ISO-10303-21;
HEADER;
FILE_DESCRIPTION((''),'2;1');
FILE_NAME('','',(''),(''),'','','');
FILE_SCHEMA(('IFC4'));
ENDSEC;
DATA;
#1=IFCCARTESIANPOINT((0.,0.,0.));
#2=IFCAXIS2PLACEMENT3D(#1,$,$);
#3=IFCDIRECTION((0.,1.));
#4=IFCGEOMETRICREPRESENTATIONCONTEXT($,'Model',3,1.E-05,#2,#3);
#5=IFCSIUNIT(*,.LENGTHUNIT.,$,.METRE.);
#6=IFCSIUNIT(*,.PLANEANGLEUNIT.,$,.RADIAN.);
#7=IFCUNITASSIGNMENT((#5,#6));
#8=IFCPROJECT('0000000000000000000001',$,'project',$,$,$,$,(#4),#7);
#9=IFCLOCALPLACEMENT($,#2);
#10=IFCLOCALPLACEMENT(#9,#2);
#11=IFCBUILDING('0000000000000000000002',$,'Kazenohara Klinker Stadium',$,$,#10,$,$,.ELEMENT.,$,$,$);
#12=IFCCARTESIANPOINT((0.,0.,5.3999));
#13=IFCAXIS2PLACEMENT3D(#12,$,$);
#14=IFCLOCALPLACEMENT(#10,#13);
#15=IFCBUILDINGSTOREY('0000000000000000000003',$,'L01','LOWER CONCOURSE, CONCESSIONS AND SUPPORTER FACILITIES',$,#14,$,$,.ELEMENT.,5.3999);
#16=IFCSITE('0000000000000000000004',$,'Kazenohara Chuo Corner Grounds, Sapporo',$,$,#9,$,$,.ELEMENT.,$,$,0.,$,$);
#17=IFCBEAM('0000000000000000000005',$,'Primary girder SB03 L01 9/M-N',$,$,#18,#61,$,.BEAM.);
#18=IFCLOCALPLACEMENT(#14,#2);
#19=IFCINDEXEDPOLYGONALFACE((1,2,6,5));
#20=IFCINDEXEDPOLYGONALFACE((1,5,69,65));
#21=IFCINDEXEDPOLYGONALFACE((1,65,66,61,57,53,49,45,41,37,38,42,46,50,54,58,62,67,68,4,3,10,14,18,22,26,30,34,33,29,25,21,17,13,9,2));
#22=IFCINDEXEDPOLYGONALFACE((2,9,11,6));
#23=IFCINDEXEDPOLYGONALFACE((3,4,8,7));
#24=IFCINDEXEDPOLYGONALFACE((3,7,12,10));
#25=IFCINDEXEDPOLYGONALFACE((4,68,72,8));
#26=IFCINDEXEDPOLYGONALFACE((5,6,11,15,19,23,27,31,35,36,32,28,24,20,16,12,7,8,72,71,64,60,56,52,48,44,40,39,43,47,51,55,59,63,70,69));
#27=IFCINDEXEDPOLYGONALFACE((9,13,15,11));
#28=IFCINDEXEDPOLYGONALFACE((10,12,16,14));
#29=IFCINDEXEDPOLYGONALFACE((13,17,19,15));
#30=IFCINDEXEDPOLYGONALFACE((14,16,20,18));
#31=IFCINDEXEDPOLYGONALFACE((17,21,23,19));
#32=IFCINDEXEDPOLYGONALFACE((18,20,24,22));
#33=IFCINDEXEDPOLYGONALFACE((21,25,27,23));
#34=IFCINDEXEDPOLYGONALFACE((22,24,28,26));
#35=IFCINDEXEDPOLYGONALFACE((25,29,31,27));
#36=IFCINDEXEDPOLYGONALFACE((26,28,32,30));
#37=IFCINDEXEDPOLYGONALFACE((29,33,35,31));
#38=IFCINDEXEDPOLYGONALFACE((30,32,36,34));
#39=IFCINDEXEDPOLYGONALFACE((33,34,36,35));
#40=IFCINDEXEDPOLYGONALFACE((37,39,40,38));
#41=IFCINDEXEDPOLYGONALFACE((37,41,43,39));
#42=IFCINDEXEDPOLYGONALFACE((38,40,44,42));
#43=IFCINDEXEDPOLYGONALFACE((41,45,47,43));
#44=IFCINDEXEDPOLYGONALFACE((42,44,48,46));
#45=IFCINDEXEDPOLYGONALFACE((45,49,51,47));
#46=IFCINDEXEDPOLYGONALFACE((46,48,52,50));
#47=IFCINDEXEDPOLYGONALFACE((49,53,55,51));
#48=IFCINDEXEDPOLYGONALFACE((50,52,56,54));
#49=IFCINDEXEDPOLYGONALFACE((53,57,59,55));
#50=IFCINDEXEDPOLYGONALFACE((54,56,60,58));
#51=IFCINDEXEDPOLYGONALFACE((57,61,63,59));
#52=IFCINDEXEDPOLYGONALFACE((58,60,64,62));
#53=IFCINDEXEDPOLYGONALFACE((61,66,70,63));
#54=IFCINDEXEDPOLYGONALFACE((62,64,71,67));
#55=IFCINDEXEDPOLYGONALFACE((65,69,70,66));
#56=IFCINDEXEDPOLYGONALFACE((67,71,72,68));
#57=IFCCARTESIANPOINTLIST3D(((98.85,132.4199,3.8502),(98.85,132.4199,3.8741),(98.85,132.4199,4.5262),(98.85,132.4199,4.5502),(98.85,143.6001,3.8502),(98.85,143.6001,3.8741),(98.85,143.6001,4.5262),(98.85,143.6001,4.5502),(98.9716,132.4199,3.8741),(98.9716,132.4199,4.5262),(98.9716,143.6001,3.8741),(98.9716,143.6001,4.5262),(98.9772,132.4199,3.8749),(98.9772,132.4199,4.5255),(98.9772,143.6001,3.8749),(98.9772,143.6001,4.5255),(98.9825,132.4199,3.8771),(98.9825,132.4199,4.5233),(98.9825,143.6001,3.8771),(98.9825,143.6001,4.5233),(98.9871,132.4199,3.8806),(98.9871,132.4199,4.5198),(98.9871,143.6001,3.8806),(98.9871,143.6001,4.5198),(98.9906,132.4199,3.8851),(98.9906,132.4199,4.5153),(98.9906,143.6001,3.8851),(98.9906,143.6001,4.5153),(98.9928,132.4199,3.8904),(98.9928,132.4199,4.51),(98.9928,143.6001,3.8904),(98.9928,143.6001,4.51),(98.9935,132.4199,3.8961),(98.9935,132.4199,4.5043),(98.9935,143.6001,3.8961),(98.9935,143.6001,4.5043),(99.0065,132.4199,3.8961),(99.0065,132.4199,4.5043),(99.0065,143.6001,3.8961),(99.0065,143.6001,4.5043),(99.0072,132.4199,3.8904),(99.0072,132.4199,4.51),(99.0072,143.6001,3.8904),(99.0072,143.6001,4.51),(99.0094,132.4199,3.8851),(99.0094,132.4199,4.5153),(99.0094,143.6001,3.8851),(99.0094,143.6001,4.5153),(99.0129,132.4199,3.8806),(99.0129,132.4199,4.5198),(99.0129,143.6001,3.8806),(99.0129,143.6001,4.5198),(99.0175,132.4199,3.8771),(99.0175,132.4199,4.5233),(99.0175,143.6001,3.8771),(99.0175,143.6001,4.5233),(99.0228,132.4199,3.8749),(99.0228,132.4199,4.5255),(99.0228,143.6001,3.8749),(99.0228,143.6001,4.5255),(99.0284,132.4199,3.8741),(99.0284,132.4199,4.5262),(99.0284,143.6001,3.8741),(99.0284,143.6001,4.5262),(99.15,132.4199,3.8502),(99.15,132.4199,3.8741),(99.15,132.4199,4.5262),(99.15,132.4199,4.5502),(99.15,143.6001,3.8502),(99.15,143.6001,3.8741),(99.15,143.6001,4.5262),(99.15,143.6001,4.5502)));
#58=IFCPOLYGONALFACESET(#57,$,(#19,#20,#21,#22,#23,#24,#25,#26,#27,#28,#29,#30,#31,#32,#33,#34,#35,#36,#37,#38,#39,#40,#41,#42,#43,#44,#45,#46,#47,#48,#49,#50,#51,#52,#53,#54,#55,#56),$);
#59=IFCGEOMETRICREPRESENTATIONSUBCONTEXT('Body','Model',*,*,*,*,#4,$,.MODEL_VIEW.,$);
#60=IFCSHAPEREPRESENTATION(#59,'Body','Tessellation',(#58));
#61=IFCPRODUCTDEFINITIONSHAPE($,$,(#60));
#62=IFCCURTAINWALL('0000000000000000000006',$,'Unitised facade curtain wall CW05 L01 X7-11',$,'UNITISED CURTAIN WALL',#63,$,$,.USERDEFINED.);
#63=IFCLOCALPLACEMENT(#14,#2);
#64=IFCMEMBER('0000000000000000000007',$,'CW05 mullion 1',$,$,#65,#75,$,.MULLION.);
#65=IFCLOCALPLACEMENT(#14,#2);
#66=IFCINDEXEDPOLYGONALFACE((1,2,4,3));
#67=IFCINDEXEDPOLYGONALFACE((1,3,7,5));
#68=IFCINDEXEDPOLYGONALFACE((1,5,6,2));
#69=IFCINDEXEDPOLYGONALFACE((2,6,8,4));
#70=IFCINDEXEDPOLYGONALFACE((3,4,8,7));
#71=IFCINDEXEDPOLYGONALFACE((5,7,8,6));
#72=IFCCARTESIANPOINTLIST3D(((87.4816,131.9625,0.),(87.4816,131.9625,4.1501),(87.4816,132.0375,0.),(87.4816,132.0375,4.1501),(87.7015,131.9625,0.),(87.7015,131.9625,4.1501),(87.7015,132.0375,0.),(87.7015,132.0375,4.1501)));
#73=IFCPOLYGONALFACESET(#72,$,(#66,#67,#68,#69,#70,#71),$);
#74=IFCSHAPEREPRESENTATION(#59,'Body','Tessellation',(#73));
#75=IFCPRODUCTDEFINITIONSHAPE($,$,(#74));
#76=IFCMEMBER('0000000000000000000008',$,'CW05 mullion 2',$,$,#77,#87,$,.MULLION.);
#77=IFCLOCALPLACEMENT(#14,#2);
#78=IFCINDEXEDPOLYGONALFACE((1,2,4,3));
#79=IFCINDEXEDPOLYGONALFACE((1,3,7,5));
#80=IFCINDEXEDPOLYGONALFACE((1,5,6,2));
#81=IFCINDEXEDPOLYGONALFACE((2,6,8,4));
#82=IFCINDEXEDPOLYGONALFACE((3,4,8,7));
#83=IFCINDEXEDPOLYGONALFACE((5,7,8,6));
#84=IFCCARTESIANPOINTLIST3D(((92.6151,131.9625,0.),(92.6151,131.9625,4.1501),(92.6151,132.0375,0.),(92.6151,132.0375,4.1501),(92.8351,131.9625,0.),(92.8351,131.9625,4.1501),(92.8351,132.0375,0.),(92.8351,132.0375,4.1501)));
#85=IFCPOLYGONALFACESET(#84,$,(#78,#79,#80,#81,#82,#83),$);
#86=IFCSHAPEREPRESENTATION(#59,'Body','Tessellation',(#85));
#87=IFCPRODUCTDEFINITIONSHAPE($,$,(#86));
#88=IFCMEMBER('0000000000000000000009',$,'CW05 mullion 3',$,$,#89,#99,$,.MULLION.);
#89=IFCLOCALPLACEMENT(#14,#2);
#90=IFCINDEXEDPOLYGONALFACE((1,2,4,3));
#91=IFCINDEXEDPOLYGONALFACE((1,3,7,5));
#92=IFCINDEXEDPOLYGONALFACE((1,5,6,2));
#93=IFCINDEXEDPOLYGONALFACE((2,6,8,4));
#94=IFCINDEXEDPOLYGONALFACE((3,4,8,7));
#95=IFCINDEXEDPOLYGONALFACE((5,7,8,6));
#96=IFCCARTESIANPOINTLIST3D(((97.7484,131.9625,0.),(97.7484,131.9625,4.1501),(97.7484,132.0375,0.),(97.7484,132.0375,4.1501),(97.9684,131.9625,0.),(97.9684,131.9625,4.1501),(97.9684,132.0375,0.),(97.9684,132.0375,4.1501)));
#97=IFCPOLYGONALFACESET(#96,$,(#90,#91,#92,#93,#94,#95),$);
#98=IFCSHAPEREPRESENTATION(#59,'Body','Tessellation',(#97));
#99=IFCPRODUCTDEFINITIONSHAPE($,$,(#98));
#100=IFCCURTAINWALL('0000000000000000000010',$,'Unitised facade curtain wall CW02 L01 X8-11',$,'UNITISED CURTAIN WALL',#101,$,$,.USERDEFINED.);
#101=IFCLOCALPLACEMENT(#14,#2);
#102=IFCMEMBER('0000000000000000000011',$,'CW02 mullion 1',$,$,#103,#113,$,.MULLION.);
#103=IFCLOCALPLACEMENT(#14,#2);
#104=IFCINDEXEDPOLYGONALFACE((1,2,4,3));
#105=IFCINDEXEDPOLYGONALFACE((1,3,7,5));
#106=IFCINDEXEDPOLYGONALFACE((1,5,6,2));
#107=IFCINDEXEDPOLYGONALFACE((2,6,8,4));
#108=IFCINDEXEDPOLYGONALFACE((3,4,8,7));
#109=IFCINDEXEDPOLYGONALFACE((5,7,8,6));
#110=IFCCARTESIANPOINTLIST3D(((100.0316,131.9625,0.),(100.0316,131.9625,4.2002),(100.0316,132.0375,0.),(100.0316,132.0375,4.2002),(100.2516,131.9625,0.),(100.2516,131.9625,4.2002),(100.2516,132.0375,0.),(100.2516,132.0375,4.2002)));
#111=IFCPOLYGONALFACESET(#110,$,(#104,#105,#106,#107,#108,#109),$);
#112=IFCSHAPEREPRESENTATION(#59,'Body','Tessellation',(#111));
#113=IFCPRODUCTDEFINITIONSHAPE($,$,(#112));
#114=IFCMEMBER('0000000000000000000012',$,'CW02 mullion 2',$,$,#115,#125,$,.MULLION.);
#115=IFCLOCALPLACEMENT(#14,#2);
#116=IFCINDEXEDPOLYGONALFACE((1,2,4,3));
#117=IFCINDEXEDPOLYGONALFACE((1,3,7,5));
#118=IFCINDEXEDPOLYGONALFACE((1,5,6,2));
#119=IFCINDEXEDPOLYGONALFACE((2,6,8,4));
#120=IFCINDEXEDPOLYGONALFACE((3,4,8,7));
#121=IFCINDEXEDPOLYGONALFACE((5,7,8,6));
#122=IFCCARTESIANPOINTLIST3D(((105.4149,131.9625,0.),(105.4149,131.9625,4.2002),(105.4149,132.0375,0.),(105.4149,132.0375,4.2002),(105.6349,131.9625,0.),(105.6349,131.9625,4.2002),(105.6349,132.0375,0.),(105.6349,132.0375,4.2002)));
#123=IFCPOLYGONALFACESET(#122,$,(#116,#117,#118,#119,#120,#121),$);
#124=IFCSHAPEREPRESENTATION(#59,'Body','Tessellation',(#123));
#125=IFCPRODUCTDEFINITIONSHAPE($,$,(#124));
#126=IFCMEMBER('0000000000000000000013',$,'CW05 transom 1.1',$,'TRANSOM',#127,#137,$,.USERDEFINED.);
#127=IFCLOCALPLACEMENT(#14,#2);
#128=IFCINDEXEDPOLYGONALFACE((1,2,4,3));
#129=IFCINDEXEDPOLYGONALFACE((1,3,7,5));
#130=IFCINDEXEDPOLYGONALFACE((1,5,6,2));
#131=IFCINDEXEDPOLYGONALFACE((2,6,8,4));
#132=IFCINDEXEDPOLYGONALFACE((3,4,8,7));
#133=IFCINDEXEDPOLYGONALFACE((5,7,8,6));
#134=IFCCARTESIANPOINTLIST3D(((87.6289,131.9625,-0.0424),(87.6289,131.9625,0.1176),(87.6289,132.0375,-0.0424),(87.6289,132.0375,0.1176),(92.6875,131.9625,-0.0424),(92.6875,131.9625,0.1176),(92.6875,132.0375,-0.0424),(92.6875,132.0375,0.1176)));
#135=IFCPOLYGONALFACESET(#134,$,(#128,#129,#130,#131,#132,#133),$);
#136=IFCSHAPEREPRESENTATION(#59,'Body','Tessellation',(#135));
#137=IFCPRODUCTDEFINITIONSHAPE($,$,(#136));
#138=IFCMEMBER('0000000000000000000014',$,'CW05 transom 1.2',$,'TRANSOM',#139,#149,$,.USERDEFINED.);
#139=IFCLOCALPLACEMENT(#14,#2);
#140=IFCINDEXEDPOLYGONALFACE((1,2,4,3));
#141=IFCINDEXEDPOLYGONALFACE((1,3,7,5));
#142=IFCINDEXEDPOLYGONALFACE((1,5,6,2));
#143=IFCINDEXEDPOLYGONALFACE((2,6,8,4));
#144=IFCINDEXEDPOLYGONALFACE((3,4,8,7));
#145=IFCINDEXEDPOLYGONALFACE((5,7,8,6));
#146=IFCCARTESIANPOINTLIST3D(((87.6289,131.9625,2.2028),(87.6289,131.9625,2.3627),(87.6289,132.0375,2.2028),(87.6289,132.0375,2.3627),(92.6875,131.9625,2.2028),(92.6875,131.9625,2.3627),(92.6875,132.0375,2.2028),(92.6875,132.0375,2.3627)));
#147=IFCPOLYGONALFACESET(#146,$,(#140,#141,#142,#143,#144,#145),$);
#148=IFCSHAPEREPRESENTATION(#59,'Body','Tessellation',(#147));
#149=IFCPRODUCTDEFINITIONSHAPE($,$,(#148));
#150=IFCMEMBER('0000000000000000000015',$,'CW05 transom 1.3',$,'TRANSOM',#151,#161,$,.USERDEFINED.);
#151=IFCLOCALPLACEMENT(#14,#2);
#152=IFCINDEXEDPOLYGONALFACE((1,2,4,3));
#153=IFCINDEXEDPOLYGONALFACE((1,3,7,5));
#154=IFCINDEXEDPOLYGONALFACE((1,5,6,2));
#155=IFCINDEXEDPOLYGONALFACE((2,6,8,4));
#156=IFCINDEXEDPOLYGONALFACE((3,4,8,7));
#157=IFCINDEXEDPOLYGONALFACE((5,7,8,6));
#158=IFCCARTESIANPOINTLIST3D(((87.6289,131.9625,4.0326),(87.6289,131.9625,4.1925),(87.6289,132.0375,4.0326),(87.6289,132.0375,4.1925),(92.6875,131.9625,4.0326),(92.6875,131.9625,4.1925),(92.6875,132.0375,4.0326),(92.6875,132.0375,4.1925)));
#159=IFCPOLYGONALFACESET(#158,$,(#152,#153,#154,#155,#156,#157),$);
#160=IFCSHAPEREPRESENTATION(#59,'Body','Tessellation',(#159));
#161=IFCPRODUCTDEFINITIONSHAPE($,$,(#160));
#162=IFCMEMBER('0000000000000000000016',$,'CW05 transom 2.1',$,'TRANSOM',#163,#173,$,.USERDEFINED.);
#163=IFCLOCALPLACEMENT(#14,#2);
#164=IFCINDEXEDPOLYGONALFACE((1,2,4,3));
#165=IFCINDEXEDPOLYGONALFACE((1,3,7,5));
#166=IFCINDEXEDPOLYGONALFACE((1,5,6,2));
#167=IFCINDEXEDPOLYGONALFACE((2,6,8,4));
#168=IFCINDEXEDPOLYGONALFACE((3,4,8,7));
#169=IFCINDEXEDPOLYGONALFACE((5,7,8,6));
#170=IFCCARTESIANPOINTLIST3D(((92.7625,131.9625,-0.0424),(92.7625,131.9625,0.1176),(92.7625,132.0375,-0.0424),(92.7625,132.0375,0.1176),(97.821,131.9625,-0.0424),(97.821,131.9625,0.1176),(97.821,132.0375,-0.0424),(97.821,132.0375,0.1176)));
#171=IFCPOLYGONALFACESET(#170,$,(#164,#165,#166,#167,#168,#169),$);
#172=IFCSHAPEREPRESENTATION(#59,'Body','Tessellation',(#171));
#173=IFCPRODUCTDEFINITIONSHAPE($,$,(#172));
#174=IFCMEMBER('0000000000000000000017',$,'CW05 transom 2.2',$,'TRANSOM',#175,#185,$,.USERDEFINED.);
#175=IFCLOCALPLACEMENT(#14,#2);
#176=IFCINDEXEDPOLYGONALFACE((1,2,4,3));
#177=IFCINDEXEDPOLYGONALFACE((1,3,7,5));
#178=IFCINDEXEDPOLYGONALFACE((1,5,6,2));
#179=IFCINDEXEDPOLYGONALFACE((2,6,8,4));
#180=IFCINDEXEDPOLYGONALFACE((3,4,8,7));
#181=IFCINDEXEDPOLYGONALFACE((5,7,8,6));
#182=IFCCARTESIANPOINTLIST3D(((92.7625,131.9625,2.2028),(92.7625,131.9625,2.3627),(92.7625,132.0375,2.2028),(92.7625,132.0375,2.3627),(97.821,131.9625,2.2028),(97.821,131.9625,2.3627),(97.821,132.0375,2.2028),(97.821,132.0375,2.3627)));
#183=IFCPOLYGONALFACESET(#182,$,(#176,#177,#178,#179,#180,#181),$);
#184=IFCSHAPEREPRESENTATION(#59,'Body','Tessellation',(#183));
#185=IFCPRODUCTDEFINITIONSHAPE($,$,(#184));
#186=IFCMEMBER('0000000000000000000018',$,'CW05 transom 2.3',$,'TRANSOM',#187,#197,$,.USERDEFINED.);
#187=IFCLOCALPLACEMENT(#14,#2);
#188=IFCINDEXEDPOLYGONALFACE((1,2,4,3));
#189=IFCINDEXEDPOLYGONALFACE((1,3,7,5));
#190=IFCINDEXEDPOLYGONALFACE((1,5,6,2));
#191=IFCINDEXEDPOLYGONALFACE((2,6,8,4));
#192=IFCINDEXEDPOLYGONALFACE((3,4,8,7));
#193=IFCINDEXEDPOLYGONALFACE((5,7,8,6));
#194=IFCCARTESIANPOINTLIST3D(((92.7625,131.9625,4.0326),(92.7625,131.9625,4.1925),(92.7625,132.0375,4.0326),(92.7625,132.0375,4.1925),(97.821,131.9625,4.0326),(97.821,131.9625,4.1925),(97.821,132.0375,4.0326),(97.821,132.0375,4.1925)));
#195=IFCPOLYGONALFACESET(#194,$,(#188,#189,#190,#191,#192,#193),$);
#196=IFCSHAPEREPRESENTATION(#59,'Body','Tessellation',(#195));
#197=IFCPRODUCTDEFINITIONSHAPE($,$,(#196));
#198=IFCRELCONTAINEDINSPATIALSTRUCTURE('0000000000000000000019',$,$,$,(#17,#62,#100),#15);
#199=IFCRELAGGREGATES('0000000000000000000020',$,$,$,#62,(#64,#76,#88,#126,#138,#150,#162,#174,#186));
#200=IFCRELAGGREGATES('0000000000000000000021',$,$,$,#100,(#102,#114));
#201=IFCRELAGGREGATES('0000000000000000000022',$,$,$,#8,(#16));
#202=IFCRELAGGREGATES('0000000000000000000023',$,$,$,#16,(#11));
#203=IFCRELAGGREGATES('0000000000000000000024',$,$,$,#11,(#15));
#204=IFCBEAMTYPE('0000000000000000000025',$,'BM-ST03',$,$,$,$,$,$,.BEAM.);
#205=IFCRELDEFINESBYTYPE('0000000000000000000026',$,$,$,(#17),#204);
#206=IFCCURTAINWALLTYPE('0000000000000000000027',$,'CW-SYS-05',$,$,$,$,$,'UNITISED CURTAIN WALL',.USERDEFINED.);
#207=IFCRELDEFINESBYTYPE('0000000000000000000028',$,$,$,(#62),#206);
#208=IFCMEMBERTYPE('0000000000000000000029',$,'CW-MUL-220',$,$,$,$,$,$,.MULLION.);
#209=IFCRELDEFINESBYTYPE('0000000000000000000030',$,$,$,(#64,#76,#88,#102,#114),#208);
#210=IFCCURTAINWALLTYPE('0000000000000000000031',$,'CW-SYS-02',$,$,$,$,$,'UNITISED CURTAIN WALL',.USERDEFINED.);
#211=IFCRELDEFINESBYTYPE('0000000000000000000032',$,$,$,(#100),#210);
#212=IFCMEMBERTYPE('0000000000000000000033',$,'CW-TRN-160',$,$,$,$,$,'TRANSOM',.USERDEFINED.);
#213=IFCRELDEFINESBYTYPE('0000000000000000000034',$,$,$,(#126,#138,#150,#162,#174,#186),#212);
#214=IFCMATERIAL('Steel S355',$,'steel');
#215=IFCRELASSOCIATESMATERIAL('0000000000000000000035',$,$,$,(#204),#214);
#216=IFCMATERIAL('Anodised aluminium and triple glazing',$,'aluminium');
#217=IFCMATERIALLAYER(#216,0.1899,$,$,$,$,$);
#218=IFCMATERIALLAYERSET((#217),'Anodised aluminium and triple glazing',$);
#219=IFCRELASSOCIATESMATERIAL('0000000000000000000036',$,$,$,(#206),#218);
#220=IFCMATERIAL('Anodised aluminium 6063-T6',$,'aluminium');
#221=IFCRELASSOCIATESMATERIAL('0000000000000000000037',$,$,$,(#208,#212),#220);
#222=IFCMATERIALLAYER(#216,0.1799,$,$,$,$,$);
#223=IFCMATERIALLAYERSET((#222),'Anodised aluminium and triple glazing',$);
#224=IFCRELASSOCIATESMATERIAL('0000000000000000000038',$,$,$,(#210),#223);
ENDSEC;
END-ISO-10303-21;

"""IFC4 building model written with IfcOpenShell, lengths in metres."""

from ifc_helpers import new_model, si_unit, direction, frame, origin, origin_2d, place, context, subcontext, project, spatial, rectangle, i_section, extrude, material, layer, layer_set, material_profile, profile_set, type_object, element, aggregate, save


model = new_model("IFC4")

# Units and contexts
model_context = context("Model", 3, precision=1e-05, world=origin(), true_north=direction((0.0, 1.0)))
body_context = subcontext(model_context, "Body", "Model", "MODEL_VIEW")
ifc_project = project(units=[si_unit("LENGTHUNIT", "METRE"), si_unit("PLANEANGLEUNIT", "RADIAN")], contexts=[model_context])

# Site, building, storey
site_placement = place(None, origin())
site = spatial("IfcSite", under=ifc_project, at=site_placement, Name="Kazenohara Chuo Corner Grounds, Sapporo", CompositionType="ELEMENT", RefElevation=0.0)
building_placement = place(site_placement, origin())
building = spatial("IfcBuilding", under=site, at=building_placement, Name="Kazenohara Klinker Stadium", CompositionType="ELEMENT")
storey_placement = place(building_placement, frame((0.0, 0.0, 5.3999)))
storey = spatial("IfcBuildingStorey", under=building, at=storey_placement, Name="L01", Description="LOWER CONCOURSE, CONCESSIONS AND SUPPORTER FACILITIES", CompositionType="ELEMENT", Elevation=5.3999)

# Beam
ifc_material_1 = material(Name="Steel S355", Category="steel")
ifc_material_profile_1 = material_profile(ifc_material_1, i_section(OverallWidth=0.3, OverallDepth=0.7, WebThickness=0.0129, FlangeThickness=0.0239, FilletRadius=0.022, at=origin_2d()), Name="H-700x300x13x24")
ifc_profile_set_1 = profile_set([ifc_material_profile_1], Name="Steel S355")
beam_type_1 = type_object("IfcBeamType", Name="BM-ST03", PredefinedType="BEAM", material=ifc_profile_set_1)
beam_1_placement = place(storey_placement, frame((99.0, 132.4199, 4.2002), z_axis=(0.0, 1.0, 0.0), x_axis=(-1.0, 0.0, 0.0)))
element("IfcBeam", 1, at=beam_1_placement, inside=storey, type_object=beam_type_1, Name="Primary girder SB03 L01 9/M-N", PredefinedType="BEAM", context=body_context, shape_type="SweptSolid", body=[
    extrude(i_section(OverallWidth=0.3, OverallDepth=0.7, WebThickness=0.0129, FlangeThickness=0.0239, FilletRadius=0.022, at=origin_2d()), origin(), (0.0, 0.0, 1.0), 11.1802),
])

# Curtain walls, members
ifc_material_2 = material(Name="Anodised aluminium and triple glazing", Category="aluminium")
ifc_layer_1 = layer(ifc_material_2, 0.1899)
ifc_layer_set_1 = layer_set([ifc_layer_1], Name="Anodised aluminium and triple glazing")
curtain_wall_type_1 = type_object("IfcCurtainWallType", Name="CW-SYS-05", ElementType="UNITISED CURTAIN WALL", PredefinedType="USERDEFINED", material=ifc_layer_set_1)
curtain_wall_1_placement = place(storey_placement, origin())
curtain_wall_1 = element("IfcCurtainWall", 2, at=curtain_wall_1_placement, inside=storey, type_object=curtain_wall_type_1, Name="Unitised facade curtain wall CW05 L01 X7-11", ObjectType="UNITISED CURTAIN WALL", PredefinedType="USERDEFINED")
ifc_material_3 = material(Name="Anodised aluminium 6063-T6", Category="aluminium")
ifc_material_profile_2 = material_profile(ifc_material_3, rectangle(XDim=0.075, YDim=0.22, at=origin_2d()), Name="ALU-MUL-75x220")
ifc_profile_set_2 = profile_set([ifc_material_profile_2], Name="Anodised aluminium 6063-T6")
member_type_1 = type_object("IfcMemberType", Name="CW-MUL-220", PredefinedType="MULLION", material=ifc_profile_set_2)
member_1_placement = place(storey_placement, frame((87.5916, 132.0, 0.0), z_axis=(0.0, 0.0, 1.0), x_axis=(0.0, 1.0, 0.0)))
member_1 = element("IfcMember", 3, at=member_1_placement, type_object=member_type_1, Name="CW05 mullion 1", PredefinedType="MULLION", context=body_context, shape_type="SweptSolid", body=[
    extrude(rectangle(XDim=0.075, YDim=0.22, at=origin_2d()), origin(), (0.0, 0.0, 1.0), 4.1501),
])
member_2_placement = place(storey_placement, frame((92.7251, 132.0, 0.0), z_axis=(0.0, 0.0, 1.0), x_axis=(0.0, 1.0, 0.0)))
member_2 = element("IfcMember", 4, at=member_2_placement, type_object=member_type_1, Name="CW05 mullion 2", PredefinedType="MULLION", context=body_context, shape_type="SweptSolid", body=[
    extrude(rectangle(XDim=0.075, YDim=0.22, at=origin_2d()), origin(), (0.0, 0.0, 1.0), 4.1501),
])
member_3_placement = place(storey_placement, frame((97.8584, 132.0, 0.0), z_axis=(0.0, 0.0, 1.0), x_axis=(0.0, 1.0, 0.0)))
member_3 = element("IfcMember", 5, at=member_3_placement, type_object=member_type_1, Name="CW05 mullion 3", PredefinedType="MULLION", context=body_context, shape_type="SweptSolid", body=[
    extrude(rectangle(XDim=0.075, YDim=0.22, at=origin_2d()), origin(), (0.0, 0.0, 1.0), 4.1501),
])
ifc_layer_2 = layer(ifc_material_2, 0.1799)
ifc_layer_set_2 = layer_set([ifc_layer_2], Name="Anodised aluminium and triple glazing")
curtain_wall_type_2 = type_object("IfcCurtainWallType", Name="CW-SYS-02", ElementType="UNITISED CURTAIN WALL", PredefinedType="USERDEFINED", material=ifc_layer_set_2)
curtain_wall_2_placement = place(storey_placement, origin())
curtain_wall_2 = element("IfcCurtainWall", 6, at=curtain_wall_2_placement, inside=storey, type_object=curtain_wall_type_2, Name="Unitised facade curtain wall CW02 L01 X8-11", ObjectType="UNITISED CURTAIN WALL", PredefinedType="USERDEFINED")
member_4_placement = place(storey_placement, frame((100.1416, 132.0, 0.0), z_axis=(0.0, 0.0, 1.0), x_axis=(0.0, 1.0, 0.0)))
member_4 = element("IfcMember", 7, at=member_4_placement, type_object=member_type_1, Name="CW02 mullion 1", PredefinedType="MULLION", context=body_context, shape_type="SweptSolid", body=[
    extrude(rectangle(XDim=0.075, YDim=0.22, at=origin_2d()), origin(), (0.0, 0.0, 1.0), 4.2002),
])
member_5_placement = place(storey_placement, frame((105.5249, 132.0, 0.0), z_axis=(0.0, 0.0, 1.0), x_axis=(0.0, 1.0, 0.0)))
member_5 = element("IfcMember", 8, at=member_5_placement, type_object=member_type_1, Name="CW02 mullion 2", PredefinedType="MULLION", context=body_context, shape_type="SweptSolid", body=[
    extrude(rectangle(XDim=0.075, YDim=0.22, at=origin_2d()), origin(), (0.0, 0.0, 1.0), 4.2002),
])

# Members
ifc_material_profile_3 = material_profile(ifc_material_3, rectangle(XDim=0.075, YDim=0.1599, at=origin_2d()), Name="ALU-TRN-75x160")
ifc_profile_set_3 = profile_set([ifc_material_profile_3], Name="Anodised aluminium 6063-T6")
member_type_2 = type_object("IfcMemberType", Name="CW-TRN-160", ElementType="TRANSOM", PredefinedType="USERDEFINED", material=ifc_profile_set_3)
member_6_placement = place(storey_placement, frame((87.6289, 132.0, 0.0376), z_axis=(1.0, 0.0, 0.0), x_axis=(0.0, 1.0, 0.0)))
member_6 = element("IfcMember", 9, at=member_6_placement, type_object=member_type_2, Name="CW05 transom 1.1", ObjectType="TRANSOM", PredefinedType="USERDEFINED", context=body_context, shape_type="SweptSolid", body=[
    extrude(rectangle(XDim=0.075, YDim=0.1599, at=origin_2d()), origin(), (0.0, 0.0, 1.0), 5.0586),
])
member_7_placement = place(storey_placement, frame((87.6289, 132.0, 2.2827), z_axis=(1.0, 0.0, 0.0), x_axis=(0.0, 1.0, 0.0)))
member_7 = element("IfcMember", 10, at=member_7_placement, type_object=member_type_2, Name="CW05 transom 1.2", ObjectType="TRANSOM", PredefinedType="USERDEFINED", context=body_context, shape_type="SweptSolid", body=[
    extrude(rectangle(XDim=0.075, YDim=0.1599, at=origin_2d()), origin(), (0.0, 0.0, 1.0), 5.0586),
])
member_8_placement = place(storey_placement, frame((87.6289, 132.0, 4.1125), z_axis=(1.0, 0.0, 0.0), x_axis=(0.0, 1.0, 0.0)))
member_8 = element("IfcMember", 11, at=member_8_placement, type_object=member_type_2, Name="CW05 transom 1.3", ObjectType="TRANSOM", PredefinedType="USERDEFINED", context=body_context, shape_type="SweptSolid", body=[
    extrude(rectangle(XDim=0.075, YDim=0.1599, at=origin_2d()), origin(), (0.0, 0.0, 1.0), 5.0586),
])
member_9_placement = place(storey_placement, frame((92.7625, 132.0, 0.0376), z_axis=(1.0, 0.0, 0.0), x_axis=(0.0, 1.0, 0.0)))
member_9 = element("IfcMember", 12, at=member_9_placement, type_object=member_type_2, Name="CW05 transom 2.1", ObjectType="TRANSOM", PredefinedType="USERDEFINED", context=body_context, shape_type="SweptSolid", body=[
    extrude(rectangle(XDim=0.075, YDim=0.1599, at=origin_2d()), origin(), (0.0, 0.0, 1.0), 5.0586),
])
member_10_placement = place(storey_placement, frame((92.7625, 132.0, 2.2827), z_axis=(1.0, 0.0, 0.0), x_axis=(0.0, 1.0, 0.0)))
member_10 = element("IfcMember", 13, at=member_10_placement, type_object=member_type_2, Name="CW05 transom 2.2", ObjectType="TRANSOM", PredefinedType="USERDEFINED", context=body_context, shape_type="SweptSolid", body=[
    extrude(rectangle(XDim=0.075, YDim=0.1599, at=origin_2d()), origin(), (0.0, 0.0, 1.0), 5.0586),
])
member_11_placement = place(storey_placement, frame((92.7625, 132.0, 4.1125), z_axis=(1.0, 0.0, 0.0), x_axis=(0.0, 1.0, 0.0)))
member_11 = element("IfcMember", 14, at=member_11_placement, type_object=member_type_2, Name="CW05 transom 2.3", ObjectType="TRANSOM", PredefinedType="USERDEFINED", context=body_context, shape_type="SweptSolid", body=[
    extrude(rectangle(XDim=0.075, YDim=0.1599, at=origin_2d()), origin(), (0.0, 0.0, 1.0), 5.0586),
])

aggregate(curtain_wall_1, [member_1, member_2, member_3, member_6, member_7, member_8, member_9, member_10, member_11])
aggregate(curtain_wall_2, [member_4, member_5])

save(model, "model.ifc")
